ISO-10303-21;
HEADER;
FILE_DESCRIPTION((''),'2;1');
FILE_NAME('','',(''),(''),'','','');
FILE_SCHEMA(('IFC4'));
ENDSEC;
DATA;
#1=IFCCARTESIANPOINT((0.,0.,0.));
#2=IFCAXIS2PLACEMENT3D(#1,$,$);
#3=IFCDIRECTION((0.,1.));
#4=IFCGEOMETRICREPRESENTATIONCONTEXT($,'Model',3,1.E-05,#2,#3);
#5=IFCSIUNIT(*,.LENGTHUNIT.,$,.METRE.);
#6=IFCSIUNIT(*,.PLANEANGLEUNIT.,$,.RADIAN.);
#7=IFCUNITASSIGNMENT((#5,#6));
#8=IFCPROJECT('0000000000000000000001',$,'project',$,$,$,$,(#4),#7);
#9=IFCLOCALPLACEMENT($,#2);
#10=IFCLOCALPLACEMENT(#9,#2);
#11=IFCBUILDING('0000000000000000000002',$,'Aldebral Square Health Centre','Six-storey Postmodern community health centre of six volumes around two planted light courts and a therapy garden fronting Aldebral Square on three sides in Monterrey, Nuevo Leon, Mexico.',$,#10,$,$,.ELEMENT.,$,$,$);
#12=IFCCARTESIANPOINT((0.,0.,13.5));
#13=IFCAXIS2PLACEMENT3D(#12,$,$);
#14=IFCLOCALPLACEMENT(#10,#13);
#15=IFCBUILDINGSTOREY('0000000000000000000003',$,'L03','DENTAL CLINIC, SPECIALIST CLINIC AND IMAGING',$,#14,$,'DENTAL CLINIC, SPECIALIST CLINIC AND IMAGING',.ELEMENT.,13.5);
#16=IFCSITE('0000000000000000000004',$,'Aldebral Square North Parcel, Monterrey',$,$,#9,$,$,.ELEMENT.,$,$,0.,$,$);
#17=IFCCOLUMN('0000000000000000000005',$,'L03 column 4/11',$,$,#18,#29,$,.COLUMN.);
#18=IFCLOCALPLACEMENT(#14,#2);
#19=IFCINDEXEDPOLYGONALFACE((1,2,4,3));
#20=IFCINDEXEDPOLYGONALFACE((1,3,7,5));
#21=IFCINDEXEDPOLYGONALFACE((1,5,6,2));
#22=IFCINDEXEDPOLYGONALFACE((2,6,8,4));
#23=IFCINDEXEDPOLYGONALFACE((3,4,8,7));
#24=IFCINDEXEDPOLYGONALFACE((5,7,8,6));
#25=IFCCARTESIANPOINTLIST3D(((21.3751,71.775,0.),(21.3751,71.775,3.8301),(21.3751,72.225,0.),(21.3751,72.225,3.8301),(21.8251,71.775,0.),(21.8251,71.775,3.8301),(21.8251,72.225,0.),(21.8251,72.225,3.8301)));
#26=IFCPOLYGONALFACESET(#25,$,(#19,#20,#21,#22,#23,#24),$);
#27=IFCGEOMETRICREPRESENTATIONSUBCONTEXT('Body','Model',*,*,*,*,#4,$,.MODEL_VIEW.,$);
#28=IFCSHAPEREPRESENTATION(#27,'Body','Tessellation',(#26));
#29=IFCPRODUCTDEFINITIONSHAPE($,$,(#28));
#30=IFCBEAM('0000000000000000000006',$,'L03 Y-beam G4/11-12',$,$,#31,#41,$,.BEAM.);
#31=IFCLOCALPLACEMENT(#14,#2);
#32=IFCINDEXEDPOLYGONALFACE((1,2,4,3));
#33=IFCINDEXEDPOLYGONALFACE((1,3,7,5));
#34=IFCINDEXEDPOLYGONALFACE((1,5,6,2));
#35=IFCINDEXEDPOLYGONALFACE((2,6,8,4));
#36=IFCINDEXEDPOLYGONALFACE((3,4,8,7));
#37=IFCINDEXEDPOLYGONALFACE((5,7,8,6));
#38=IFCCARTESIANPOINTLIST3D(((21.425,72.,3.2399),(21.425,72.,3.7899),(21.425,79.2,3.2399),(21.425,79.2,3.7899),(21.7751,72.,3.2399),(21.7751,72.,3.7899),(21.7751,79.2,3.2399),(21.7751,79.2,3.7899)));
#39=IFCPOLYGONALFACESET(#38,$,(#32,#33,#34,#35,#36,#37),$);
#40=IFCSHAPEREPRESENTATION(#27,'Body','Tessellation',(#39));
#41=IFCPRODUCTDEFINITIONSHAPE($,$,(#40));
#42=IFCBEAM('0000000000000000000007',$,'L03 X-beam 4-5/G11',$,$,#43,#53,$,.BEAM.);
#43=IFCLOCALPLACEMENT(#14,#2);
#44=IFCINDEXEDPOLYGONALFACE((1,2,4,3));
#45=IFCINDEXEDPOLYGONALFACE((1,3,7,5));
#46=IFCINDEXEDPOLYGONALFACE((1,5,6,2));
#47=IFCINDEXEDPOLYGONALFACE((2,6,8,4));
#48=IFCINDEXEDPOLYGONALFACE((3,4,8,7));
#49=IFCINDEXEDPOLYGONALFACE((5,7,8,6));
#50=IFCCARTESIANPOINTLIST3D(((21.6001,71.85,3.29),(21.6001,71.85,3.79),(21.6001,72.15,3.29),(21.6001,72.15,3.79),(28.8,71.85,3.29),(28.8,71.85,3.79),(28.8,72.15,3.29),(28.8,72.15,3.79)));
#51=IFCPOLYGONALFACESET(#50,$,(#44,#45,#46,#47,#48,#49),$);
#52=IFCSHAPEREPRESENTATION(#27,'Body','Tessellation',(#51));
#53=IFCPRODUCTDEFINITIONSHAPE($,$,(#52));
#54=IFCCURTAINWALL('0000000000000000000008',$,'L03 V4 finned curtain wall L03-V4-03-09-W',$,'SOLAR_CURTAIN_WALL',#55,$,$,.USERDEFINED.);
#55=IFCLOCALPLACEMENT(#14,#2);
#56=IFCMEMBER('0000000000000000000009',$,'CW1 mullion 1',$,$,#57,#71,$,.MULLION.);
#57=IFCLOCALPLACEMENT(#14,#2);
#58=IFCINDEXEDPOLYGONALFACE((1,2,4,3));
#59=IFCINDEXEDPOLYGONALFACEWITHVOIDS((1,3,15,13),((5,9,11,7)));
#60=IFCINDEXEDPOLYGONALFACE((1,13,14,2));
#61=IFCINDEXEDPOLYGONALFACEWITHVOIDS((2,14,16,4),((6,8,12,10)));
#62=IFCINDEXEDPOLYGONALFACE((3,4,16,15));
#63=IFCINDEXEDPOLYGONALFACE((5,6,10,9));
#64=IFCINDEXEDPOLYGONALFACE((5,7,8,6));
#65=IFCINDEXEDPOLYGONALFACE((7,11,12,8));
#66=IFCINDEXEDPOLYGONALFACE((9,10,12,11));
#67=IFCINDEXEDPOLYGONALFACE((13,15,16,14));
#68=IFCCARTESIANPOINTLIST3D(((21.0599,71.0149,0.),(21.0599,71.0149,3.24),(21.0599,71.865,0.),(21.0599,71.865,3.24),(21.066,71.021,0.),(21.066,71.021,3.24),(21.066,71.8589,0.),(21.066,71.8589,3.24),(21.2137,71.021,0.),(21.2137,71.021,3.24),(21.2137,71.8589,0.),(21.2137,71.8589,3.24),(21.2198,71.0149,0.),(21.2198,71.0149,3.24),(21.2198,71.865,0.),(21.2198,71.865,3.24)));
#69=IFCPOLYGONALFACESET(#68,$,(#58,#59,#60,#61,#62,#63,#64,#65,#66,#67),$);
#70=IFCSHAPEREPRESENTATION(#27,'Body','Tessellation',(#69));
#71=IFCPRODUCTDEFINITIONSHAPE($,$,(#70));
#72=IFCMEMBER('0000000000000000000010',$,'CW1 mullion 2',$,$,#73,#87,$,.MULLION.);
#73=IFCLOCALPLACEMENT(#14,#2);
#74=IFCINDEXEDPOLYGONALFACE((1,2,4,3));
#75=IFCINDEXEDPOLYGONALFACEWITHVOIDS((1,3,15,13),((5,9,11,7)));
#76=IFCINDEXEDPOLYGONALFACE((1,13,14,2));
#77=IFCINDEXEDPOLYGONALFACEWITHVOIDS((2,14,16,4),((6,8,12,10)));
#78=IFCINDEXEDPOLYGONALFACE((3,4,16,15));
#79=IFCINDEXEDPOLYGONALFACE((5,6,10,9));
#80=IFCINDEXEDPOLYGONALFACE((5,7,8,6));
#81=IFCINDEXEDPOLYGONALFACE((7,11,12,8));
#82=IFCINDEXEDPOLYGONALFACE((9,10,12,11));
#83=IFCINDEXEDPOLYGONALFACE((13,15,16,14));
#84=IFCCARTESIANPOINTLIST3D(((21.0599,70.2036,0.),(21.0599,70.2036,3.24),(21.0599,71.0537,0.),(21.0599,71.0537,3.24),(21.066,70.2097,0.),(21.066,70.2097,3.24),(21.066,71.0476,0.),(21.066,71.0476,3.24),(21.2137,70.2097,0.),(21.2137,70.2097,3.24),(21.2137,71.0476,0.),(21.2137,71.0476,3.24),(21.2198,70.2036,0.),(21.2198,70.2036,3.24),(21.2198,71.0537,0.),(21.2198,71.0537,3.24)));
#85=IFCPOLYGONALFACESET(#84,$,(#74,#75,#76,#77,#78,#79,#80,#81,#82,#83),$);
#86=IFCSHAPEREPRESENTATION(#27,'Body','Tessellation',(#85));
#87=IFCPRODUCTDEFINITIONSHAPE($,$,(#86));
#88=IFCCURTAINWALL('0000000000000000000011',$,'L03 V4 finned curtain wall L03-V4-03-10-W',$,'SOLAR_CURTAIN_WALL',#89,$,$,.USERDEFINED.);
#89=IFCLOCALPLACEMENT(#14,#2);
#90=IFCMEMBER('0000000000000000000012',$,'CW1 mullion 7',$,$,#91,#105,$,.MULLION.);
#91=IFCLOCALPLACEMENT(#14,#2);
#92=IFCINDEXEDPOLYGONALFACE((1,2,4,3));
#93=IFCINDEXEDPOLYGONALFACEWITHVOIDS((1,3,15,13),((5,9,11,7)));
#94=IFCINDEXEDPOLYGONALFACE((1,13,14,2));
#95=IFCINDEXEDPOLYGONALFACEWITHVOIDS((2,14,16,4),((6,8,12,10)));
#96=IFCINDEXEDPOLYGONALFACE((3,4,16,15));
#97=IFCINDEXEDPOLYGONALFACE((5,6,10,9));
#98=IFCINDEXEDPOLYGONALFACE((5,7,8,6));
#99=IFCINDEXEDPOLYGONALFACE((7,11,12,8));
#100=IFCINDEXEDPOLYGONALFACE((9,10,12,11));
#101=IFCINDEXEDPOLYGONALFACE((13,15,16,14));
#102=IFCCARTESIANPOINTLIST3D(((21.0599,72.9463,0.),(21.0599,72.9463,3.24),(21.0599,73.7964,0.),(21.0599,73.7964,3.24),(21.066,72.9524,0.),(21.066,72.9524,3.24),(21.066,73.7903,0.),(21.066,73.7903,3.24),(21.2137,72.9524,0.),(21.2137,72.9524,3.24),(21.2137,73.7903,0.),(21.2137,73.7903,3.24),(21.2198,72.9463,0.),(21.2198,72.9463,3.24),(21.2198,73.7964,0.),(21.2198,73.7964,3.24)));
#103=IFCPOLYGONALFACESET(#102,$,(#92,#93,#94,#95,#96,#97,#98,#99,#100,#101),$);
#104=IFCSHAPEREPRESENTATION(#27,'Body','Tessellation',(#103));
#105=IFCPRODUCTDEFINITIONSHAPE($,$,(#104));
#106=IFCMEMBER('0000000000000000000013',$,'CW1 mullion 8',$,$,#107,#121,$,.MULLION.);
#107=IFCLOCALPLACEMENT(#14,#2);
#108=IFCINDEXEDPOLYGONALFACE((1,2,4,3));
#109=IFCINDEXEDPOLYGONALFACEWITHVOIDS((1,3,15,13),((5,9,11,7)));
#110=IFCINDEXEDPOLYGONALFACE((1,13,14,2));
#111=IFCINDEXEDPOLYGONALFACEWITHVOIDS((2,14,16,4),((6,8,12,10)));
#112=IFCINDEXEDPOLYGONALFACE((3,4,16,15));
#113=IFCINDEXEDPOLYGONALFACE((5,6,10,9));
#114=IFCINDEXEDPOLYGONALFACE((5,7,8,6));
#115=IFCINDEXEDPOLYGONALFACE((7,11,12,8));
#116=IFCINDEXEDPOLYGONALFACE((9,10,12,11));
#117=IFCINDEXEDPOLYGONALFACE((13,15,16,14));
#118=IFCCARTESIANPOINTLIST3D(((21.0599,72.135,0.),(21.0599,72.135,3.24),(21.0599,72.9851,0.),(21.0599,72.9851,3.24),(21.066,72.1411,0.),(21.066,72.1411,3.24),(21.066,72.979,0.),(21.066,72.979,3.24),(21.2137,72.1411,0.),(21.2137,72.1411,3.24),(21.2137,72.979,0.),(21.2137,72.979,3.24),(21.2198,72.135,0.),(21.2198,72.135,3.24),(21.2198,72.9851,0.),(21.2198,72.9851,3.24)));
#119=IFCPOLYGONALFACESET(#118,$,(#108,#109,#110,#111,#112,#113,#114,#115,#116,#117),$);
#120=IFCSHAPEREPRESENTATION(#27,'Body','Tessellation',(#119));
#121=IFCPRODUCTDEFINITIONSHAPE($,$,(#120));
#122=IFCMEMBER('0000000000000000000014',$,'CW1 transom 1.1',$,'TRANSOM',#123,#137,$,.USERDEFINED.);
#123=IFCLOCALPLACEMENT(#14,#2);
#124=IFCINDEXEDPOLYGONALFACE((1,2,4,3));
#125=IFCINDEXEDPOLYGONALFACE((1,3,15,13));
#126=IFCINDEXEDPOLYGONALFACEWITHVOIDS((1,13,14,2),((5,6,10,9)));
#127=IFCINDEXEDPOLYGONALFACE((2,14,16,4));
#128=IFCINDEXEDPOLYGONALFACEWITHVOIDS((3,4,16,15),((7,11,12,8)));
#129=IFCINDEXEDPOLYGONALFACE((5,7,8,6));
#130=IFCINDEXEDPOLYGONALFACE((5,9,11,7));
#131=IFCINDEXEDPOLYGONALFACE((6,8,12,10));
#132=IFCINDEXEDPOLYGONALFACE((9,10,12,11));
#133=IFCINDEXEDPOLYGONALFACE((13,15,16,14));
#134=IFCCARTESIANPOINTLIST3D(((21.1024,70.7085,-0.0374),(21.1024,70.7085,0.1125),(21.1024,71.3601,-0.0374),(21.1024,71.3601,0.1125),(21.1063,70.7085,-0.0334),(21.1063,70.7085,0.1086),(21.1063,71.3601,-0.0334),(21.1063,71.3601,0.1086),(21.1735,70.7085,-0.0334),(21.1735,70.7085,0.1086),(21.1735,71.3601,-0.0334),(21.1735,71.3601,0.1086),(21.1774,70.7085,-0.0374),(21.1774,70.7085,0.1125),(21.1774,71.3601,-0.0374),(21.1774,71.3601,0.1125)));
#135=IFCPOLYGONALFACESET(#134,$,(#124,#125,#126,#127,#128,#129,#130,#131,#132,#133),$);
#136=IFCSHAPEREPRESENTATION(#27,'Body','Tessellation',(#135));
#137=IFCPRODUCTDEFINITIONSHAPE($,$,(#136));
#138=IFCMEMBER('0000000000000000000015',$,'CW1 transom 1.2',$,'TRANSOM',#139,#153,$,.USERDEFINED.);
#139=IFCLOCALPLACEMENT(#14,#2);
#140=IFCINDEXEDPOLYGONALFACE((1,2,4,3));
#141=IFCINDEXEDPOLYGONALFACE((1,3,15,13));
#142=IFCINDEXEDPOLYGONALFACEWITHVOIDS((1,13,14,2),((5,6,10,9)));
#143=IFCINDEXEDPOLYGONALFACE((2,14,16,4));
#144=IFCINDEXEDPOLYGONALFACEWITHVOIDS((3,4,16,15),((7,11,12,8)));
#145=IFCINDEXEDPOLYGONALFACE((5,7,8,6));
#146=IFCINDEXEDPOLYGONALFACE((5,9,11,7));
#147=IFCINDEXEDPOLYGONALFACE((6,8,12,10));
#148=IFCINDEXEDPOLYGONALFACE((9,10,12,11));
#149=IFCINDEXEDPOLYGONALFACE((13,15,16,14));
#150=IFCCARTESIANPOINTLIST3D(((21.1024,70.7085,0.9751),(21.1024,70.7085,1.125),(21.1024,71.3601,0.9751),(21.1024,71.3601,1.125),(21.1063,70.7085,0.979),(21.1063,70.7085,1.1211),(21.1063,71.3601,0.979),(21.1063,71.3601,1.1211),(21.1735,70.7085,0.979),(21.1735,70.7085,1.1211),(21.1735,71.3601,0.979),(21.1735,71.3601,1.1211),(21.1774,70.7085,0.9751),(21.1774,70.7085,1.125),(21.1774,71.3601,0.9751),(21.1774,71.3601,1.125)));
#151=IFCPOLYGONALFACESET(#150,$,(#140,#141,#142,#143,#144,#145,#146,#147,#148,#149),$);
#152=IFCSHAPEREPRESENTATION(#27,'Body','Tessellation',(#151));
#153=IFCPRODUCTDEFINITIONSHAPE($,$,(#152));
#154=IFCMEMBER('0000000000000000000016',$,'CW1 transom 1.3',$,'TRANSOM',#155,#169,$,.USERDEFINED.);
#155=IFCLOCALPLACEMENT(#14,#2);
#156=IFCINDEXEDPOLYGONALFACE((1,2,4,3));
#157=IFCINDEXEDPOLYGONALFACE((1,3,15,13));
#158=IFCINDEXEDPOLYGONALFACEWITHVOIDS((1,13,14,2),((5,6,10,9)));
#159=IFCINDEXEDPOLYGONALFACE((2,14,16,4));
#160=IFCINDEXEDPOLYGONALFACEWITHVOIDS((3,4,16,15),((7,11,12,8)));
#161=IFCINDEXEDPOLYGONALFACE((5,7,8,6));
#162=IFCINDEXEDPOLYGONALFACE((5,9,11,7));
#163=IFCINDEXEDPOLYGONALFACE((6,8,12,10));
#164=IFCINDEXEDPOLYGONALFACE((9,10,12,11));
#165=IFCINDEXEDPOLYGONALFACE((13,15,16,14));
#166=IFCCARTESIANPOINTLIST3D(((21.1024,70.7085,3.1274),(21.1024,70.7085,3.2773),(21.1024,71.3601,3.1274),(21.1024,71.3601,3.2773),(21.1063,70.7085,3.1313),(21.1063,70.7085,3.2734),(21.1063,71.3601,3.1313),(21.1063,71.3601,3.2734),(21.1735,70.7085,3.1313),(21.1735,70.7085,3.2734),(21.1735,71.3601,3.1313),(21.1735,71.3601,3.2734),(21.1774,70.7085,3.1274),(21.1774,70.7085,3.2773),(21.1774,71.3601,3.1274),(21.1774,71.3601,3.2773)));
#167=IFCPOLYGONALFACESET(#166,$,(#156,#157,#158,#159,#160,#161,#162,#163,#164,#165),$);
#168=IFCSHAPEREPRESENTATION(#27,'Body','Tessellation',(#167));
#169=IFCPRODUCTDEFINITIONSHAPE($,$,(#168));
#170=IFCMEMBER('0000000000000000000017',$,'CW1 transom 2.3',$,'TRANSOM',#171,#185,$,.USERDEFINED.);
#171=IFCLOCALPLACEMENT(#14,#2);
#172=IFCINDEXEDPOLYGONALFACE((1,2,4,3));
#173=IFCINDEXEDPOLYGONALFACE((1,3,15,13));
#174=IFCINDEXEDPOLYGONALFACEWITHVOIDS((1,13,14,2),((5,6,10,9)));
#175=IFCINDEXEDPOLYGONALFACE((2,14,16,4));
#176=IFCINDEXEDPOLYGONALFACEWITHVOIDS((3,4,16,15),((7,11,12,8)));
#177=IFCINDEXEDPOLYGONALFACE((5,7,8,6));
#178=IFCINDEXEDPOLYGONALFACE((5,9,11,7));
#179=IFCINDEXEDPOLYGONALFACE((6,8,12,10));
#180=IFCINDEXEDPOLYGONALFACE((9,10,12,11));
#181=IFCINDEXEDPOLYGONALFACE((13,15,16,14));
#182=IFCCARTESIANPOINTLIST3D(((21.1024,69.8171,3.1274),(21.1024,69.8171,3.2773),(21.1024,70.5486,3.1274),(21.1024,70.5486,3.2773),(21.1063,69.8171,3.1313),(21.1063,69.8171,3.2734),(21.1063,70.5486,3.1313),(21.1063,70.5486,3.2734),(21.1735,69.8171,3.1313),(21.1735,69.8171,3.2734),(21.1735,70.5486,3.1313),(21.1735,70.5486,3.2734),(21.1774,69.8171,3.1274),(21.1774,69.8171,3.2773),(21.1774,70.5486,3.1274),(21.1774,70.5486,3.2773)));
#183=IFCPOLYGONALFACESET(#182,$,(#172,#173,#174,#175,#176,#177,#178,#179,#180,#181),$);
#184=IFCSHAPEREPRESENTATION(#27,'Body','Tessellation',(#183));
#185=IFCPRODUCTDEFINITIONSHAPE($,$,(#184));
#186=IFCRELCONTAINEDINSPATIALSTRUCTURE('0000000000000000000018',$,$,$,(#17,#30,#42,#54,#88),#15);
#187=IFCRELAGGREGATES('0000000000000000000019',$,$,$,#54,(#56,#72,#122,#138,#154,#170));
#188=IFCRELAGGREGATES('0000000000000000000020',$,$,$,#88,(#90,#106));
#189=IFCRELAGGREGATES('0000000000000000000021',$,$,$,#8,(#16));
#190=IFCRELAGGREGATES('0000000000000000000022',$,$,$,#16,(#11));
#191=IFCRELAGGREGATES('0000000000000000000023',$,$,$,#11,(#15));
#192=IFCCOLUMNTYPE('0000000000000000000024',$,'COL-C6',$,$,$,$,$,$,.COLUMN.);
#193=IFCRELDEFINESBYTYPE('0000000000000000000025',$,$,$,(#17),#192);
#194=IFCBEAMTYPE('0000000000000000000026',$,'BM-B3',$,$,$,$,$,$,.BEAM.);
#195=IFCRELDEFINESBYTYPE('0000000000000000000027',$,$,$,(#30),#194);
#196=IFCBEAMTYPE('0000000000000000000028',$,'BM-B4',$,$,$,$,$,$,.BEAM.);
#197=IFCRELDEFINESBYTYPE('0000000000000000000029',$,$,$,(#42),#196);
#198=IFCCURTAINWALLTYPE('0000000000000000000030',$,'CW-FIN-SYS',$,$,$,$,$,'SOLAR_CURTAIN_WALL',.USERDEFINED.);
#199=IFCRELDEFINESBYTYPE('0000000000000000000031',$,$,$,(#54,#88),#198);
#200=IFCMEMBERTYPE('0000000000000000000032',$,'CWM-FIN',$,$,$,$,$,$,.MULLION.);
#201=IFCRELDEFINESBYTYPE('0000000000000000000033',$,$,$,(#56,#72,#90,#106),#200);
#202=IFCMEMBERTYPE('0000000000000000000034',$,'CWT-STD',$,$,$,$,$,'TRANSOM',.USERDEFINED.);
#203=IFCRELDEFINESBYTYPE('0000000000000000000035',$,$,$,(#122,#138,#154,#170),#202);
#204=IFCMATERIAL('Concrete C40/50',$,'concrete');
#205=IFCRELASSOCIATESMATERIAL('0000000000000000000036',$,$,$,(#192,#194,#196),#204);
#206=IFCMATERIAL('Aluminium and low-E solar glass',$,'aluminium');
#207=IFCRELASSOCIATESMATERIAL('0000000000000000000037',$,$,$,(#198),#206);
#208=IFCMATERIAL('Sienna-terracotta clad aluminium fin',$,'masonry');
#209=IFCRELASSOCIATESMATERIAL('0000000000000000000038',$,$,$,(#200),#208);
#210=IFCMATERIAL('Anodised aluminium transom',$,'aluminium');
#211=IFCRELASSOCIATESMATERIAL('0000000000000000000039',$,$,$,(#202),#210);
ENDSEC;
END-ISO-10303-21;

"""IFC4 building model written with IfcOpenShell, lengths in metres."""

from ifc_helpers import new_model, si_unit, direction, frame, origin, origin_2d, place, context, subcontext, project, spatial, rectangle, hollow_rectangle, extrude, material, material_profile, profile_set, type_object, element, aggregate, save


model = new_model("IFC4")

# Units and contexts
model_context = context("Model", 3, precision=1e-05, world=origin(), true_north=direction((0.0, 1.0)))
body_context = subcontext(model_context, "Body", "Model", "MODEL_VIEW")
ifc_project = project(units=[si_unit("LENGTHUNIT", "METRE"), si_unit("PLANEANGLEUNIT", "RADIAN")], contexts=[model_context])

# Site, building, storey
site_placement = place(None, origin())
site = spatial("IfcSite", under=ifc_project, at=site_placement, Name="Aldebral Square North Parcel, Monterrey", CompositionType="ELEMENT", RefElevation=0.0)
building_placement = place(site_placement, origin())
building = spatial("IfcBuilding", under=site, at=building_placement, Name="Aldebral Square Health Centre", Description="Six-storey Postmodern community health centre of six volumes around two planted light courts and a therapy garden fronting Aldebral Square on three sides in Monterrey, Nuevo Leon, Mexico.", CompositionType="ELEMENT")
storey_placement = place(building_placement, frame((0.0, 0.0, 13.5)))
storey = spatial("IfcBuildingStorey", under=building, at=storey_placement, Name="L03", Description="DENTAL CLINIC, SPECIALIST CLINIC AND IMAGING", LongName="DENTAL CLINIC, SPECIALIST CLINIC AND IMAGING", CompositionType="ELEMENT", Elevation=13.5)

# Column
ifc_material_1 = material(Name="Concrete C40/50", Category="concrete")
ifc_material_profile_1 = material_profile(ifc_material_1, rectangle(XDim=0.45, YDim=0.45, at=origin_2d()), Name="RC 450x450")
ifc_profile_set_1 = profile_set([ifc_material_profile_1], Name="Concrete C40/50")
column_type = type_object("IfcColumnType", Name="COL-C6", PredefinedType="COLUMN", material=ifc_profile_set_1)
column_placement = place(storey_placement, frame((21.6001, 72.0, 0.0), z_axis=(0.0, 0.0, 1.0), x_axis=(1.0, 0.0, 0.0)))
element("IfcColumn", 1, at=column_placement, inside=storey, type_object=column_type, Name="L03 column 4/11", PredefinedType="COLUMN", context=body_context, shape_type="SweptSolid", body=[
    extrude(rectangle(XDim=0.45, YDim=0.45, at=origin_2d()), origin(), (0.0, 0.0, 1.0), 3.8301),
])

# Beams
ifc_material_profile_2 = material_profile(ifc_material_1, rectangle(XDim=0.3501, YDim=0.55, at=origin_2d()), Name="RC 350x550")
ifc_profile_set_2 = profile_set([ifc_material_profile_2], Name="Concrete C40/50")
beam_type_1 = type_object("IfcBeamType", Name="BM-B3", PredefinedType="BEAM", material=ifc_profile_set_2)
beam_1_placement = place(storey_placement, frame((21.6001, 72.0, 3.5149), z_axis=(0.0, 1.0, 0.0), x_axis=(-1.0, 0.0, 0.0)))
element("IfcBeam", 2, at=beam_1_placement, inside=storey, type_object=beam_type_1, Name="L03 Y-beam G4/11-12", PredefinedType="BEAM", context=body_context, shape_type="SweptSolid", body=[
    extrude(rectangle(XDim=0.3501, YDim=0.55, at=origin_2d()), origin(), (0.0, 0.0, 1.0), 7.2),
])
ifc_material_profile_3 = material_profile(ifc_material_1, rectangle(XDim=0.3, YDim=0.5, at=origin_2d()), Name="RC 300x500")
ifc_profile_set_3 = profile_set([ifc_material_profile_3], Name="Concrete C40/50")
beam_type_2 = type_object("IfcBeamType", Name="BM-B4", PredefinedType="BEAM", material=ifc_profile_set_3)
beam_2_placement = place(storey_placement, frame((21.6001, 72.0, 3.54), z_axis=(1.0, 0.0, 0.0), x_axis=(0.0, 1.0, 0.0)))
element("IfcBeam", 3, at=beam_2_placement, inside=storey, type_object=beam_type_2, Name="L03 X-beam 4-5/G11", PredefinedType="BEAM", context=body_context, shape_type="SweptSolid", body=[
    extrude(rectangle(XDim=0.3, YDim=0.5, at=origin_2d()), origin(), (0.0, 0.0, 1.0), 7.2),
])

# Curtain walls, members
ifc_material_2 = material(Name="Aluminium and low-E solar glass", Category="aluminium")
curtain_wall_type = type_object("IfcCurtainWallType", Name="CW-FIN-SYS", ElementType="SOLAR_CURTAIN_WALL", PredefinedType="USERDEFINED", material=ifc_material_2)
curtain_wall_1_placement = place(storey_placement, origin())
curtain_wall_1 = element("IfcCurtainWall", 4, at=curtain_wall_1_placement, inside=storey, type_object=curtain_wall_type, Name="L03 V4 finned curtain wall L03-V4-03-09-W", ObjectType="SOLAR_CURTAIN_WALL", PredefinedType="USERDEFINED")
ifc_material_3 = material(Name="Sienna-terracotta clad aluminium fin", Category="masonry")
ifc_material_profile_4 = material_profile(ifc_material_3, hollow_rectangle(XDim=0.1599, YDim=0.8501, WallThickness=0.0061, at=origin_2d()), Name="FIN 160x850x6")
ifc_profile_set_4 = profile_set([ifc_material_profile_4], Name="Sienna-terracotta clad aluminium fin")
member_type_1 = type_object("IfcMemberType", Name="CWM-FIN", PredefinedType="MULLION", material=ifc_profile_set_4)
member_1_placement = place(storey_placement, frame((21.1399, 71.4399, 0.0), z_axis=(0.0, 0.0, 1.0), x_axis=(1.0, 0.0, 0.0)))
member_1 = element("IfcMember", 5, at=member_1_placement, type_object=member_type_1, Name="CW1 mullion 1", PredefinedType="MULLION", context=body_context, shape_type="SweptSolid", body=[
    extrude(hollow_rectangle(XDim=0.1599, YDim=0.8501, WallThickness=0.0061, at=origin_2d()), origin(), (0.0, 0.0, 1.0), 3.24),
])
member_2_placement = place(storey_placement, frame((21.1399, 70.6287, 0.0), z_axis=(0.0, 0.0, 1.0), x_axis=(1.0, 0.0, 0.0)))
member_2 = element("IfcMember", 6, at=member_2_placement, type_object=member_type_1, Name="CW1 mullion 2", PredefinedType="MULLION", context=body_context, shape_type="SweptSolid", body=[
    extrude(hollow_rectangle(XDim=0.1599, YDim=0.8501, WallThickness=0.0061, at=origin_2d()), origin(), (0.0, 0.0, 1.0), 3.24),
])
curtain_wall_2_placement = place(storey_placement, origin())
curtain_wall_2 = element("IfcCurtainWall", 7, at=curtain_wall_2_placement, inside=storey, type_object=curtain_wall_type, Name="L03 V4 finned curtain wall L03-V4-03-10-W", ObjectType="SOLAR_CURTAIN_WALL", PredefinedType="USERDEFINED")
member_3_placement = place(storey_placement, frame((21.1399, 73.3713, 0.0), z_axis=(0.0, 0.0, 1.0), x_axis=(1.0, 0.0, 0.0)))
member_3 = element("IfcMember", 8, at=member_3_placement, type_object=member_type_1, Name="CW1 mullion 7", PredefinedType="MULLION", context=body_context, shape_type="SweptSolid", body=[
    extrude(hollow_rectangle(XDim=0.1599, YDim=0.8501, WallThickness=0.0061, at=origin_2d()), origin(), (0.0, 0.0, 1.0), 3.24),
])
member_4_placement = place(storey_placement, frame((21.1399, 72.5601, 0.0), z_axis=(0.0, 0.0, 1.0), x_axis=(1.0, 0.0, 0.0)))
member_4 = element("IfcMember", 9, at=member_4_placement, type_object=member_type_1, Name="CW1 mullion 8", PredefinedType="MULLION", context=body_context, shape_type="SweptSolid", body=[
    extrude(hollow_rectangle(XDim=0.1599, YDim=0.8501, WallThickness=0.0061, at=origin_2d()), origin(), (0.0, 0.0, 1.0), 3.24),
])

# Members
ifc_material_4 = material(Name="Anodised aluminium transom", Category="aluminium")
ifc_material_profile_5 = material_profile(ifc_material_4, hollow_rectangle(XDim=0.075, YDim=0.1499, WallThickness=0.0039, at=origin_2d()), Name="CWT 75x150x4")
ifc_profile_set_5 = profile_set([ifc_material_profile_5], Name="Anodised aluminium transom")
member_type_2 = type_object("IfcMemberType", Name="CWT-STD", ElementType="TRANSOM", PredefinedType="USERDEFINED", material=ifc_profile_set_5)
member_5_placement = place(storey_placement, frame((21.1399, 71.3601, 0.0376), z_axis=(0.0, -1.0, 0.0), x_axis=(1.0, 0.0, 0.0)))
member_5 = element("IfcMember", 10, at=member_5_placement, type_object=member_type_2, Name="CW1 transom 1.1", ObjectType="TRANSOM", PredefinedType="USERDEFINED", context=body_context, shape_type="SweptSolid", body=[
    extrude(hollow_rectangle(XDim=0.075, YDim=0.1499, WallThickness=0.0039, at=origin_2d()), origin(), (0.0, 0.0, 1.0), 0.6516),
])
member_6_placement = place(storey_placement, frame((21.1399, 71.3601, 1.05), z_axis=(0.0, -1.0, 0.0), x_axis=(1.0, 0.0, 0.0)))
member_6 = element("IfcMember", 11, at=member_6_placement, type_object=member_type_2, Name="CW1 transom 1.2", ObjectType="TRANSOM", PredefinedType="USERDEFINED", context=body_context, shape_type="SweptSolid", body=[
    extrude(hollow_rectangle(XDim=0.075, YDim=0.1499, WallThickness=0.0039, at=origin_2d()), origin(), (0.0, 0.0, 1.0), 0.6516),
])
member_7_placement = place(storey_placement, frame((21.1399, 71.3601, 3.2024), z_axis=(0.0, -1.0, 0.0), x_axis=(1.0, 0.0, 0.0)))
member_7 = element("IfcMember", 12, at=member_7_placement, type_object=member_type_2, Name="CW1 transom 1.3", ObjectType="TRANSOM", PredefinedType="USERDEFINED", context=body_context, shape_type="SweptSolid", body=[
    extrude(hollow_rectangle(XDim=0.075, YDim=0.1499, WallThickness=0.0039, at=origin_2d()), origin(), (0.0, 0.0, 1.0), 0.6516),
])
member_8_placement = place(storey_placement, frame((21.1399, 70.5486, 3.2024), z_axis=(0.0, -1.0, 0.0), x_axis=(1.0, 0.0, 0.0)))
member_8 = element("IfcMember", 13, at=member_8_placement, type_object=member_type_2, Name="CW1 transom 2.3", ObjectType="TRANSOM", PredefinedType="USERDEFINED", context=body_context, shape_type="SweptSolid", body=[
    extrude(hollow_rectangle(XDim=0.075, YDim=0.1499, WallThickness=0.0039, at=origin_2d()), origin(), (0.0, 0.0, 1.0), 0.7314),
])

aggregate(curtain_wall_1, [member_1, member_2, member_5, member_6, member_7, member_8])
aggregate(curtain_wall_2, [member_3, member_4])

save(model, "model.ifc")
